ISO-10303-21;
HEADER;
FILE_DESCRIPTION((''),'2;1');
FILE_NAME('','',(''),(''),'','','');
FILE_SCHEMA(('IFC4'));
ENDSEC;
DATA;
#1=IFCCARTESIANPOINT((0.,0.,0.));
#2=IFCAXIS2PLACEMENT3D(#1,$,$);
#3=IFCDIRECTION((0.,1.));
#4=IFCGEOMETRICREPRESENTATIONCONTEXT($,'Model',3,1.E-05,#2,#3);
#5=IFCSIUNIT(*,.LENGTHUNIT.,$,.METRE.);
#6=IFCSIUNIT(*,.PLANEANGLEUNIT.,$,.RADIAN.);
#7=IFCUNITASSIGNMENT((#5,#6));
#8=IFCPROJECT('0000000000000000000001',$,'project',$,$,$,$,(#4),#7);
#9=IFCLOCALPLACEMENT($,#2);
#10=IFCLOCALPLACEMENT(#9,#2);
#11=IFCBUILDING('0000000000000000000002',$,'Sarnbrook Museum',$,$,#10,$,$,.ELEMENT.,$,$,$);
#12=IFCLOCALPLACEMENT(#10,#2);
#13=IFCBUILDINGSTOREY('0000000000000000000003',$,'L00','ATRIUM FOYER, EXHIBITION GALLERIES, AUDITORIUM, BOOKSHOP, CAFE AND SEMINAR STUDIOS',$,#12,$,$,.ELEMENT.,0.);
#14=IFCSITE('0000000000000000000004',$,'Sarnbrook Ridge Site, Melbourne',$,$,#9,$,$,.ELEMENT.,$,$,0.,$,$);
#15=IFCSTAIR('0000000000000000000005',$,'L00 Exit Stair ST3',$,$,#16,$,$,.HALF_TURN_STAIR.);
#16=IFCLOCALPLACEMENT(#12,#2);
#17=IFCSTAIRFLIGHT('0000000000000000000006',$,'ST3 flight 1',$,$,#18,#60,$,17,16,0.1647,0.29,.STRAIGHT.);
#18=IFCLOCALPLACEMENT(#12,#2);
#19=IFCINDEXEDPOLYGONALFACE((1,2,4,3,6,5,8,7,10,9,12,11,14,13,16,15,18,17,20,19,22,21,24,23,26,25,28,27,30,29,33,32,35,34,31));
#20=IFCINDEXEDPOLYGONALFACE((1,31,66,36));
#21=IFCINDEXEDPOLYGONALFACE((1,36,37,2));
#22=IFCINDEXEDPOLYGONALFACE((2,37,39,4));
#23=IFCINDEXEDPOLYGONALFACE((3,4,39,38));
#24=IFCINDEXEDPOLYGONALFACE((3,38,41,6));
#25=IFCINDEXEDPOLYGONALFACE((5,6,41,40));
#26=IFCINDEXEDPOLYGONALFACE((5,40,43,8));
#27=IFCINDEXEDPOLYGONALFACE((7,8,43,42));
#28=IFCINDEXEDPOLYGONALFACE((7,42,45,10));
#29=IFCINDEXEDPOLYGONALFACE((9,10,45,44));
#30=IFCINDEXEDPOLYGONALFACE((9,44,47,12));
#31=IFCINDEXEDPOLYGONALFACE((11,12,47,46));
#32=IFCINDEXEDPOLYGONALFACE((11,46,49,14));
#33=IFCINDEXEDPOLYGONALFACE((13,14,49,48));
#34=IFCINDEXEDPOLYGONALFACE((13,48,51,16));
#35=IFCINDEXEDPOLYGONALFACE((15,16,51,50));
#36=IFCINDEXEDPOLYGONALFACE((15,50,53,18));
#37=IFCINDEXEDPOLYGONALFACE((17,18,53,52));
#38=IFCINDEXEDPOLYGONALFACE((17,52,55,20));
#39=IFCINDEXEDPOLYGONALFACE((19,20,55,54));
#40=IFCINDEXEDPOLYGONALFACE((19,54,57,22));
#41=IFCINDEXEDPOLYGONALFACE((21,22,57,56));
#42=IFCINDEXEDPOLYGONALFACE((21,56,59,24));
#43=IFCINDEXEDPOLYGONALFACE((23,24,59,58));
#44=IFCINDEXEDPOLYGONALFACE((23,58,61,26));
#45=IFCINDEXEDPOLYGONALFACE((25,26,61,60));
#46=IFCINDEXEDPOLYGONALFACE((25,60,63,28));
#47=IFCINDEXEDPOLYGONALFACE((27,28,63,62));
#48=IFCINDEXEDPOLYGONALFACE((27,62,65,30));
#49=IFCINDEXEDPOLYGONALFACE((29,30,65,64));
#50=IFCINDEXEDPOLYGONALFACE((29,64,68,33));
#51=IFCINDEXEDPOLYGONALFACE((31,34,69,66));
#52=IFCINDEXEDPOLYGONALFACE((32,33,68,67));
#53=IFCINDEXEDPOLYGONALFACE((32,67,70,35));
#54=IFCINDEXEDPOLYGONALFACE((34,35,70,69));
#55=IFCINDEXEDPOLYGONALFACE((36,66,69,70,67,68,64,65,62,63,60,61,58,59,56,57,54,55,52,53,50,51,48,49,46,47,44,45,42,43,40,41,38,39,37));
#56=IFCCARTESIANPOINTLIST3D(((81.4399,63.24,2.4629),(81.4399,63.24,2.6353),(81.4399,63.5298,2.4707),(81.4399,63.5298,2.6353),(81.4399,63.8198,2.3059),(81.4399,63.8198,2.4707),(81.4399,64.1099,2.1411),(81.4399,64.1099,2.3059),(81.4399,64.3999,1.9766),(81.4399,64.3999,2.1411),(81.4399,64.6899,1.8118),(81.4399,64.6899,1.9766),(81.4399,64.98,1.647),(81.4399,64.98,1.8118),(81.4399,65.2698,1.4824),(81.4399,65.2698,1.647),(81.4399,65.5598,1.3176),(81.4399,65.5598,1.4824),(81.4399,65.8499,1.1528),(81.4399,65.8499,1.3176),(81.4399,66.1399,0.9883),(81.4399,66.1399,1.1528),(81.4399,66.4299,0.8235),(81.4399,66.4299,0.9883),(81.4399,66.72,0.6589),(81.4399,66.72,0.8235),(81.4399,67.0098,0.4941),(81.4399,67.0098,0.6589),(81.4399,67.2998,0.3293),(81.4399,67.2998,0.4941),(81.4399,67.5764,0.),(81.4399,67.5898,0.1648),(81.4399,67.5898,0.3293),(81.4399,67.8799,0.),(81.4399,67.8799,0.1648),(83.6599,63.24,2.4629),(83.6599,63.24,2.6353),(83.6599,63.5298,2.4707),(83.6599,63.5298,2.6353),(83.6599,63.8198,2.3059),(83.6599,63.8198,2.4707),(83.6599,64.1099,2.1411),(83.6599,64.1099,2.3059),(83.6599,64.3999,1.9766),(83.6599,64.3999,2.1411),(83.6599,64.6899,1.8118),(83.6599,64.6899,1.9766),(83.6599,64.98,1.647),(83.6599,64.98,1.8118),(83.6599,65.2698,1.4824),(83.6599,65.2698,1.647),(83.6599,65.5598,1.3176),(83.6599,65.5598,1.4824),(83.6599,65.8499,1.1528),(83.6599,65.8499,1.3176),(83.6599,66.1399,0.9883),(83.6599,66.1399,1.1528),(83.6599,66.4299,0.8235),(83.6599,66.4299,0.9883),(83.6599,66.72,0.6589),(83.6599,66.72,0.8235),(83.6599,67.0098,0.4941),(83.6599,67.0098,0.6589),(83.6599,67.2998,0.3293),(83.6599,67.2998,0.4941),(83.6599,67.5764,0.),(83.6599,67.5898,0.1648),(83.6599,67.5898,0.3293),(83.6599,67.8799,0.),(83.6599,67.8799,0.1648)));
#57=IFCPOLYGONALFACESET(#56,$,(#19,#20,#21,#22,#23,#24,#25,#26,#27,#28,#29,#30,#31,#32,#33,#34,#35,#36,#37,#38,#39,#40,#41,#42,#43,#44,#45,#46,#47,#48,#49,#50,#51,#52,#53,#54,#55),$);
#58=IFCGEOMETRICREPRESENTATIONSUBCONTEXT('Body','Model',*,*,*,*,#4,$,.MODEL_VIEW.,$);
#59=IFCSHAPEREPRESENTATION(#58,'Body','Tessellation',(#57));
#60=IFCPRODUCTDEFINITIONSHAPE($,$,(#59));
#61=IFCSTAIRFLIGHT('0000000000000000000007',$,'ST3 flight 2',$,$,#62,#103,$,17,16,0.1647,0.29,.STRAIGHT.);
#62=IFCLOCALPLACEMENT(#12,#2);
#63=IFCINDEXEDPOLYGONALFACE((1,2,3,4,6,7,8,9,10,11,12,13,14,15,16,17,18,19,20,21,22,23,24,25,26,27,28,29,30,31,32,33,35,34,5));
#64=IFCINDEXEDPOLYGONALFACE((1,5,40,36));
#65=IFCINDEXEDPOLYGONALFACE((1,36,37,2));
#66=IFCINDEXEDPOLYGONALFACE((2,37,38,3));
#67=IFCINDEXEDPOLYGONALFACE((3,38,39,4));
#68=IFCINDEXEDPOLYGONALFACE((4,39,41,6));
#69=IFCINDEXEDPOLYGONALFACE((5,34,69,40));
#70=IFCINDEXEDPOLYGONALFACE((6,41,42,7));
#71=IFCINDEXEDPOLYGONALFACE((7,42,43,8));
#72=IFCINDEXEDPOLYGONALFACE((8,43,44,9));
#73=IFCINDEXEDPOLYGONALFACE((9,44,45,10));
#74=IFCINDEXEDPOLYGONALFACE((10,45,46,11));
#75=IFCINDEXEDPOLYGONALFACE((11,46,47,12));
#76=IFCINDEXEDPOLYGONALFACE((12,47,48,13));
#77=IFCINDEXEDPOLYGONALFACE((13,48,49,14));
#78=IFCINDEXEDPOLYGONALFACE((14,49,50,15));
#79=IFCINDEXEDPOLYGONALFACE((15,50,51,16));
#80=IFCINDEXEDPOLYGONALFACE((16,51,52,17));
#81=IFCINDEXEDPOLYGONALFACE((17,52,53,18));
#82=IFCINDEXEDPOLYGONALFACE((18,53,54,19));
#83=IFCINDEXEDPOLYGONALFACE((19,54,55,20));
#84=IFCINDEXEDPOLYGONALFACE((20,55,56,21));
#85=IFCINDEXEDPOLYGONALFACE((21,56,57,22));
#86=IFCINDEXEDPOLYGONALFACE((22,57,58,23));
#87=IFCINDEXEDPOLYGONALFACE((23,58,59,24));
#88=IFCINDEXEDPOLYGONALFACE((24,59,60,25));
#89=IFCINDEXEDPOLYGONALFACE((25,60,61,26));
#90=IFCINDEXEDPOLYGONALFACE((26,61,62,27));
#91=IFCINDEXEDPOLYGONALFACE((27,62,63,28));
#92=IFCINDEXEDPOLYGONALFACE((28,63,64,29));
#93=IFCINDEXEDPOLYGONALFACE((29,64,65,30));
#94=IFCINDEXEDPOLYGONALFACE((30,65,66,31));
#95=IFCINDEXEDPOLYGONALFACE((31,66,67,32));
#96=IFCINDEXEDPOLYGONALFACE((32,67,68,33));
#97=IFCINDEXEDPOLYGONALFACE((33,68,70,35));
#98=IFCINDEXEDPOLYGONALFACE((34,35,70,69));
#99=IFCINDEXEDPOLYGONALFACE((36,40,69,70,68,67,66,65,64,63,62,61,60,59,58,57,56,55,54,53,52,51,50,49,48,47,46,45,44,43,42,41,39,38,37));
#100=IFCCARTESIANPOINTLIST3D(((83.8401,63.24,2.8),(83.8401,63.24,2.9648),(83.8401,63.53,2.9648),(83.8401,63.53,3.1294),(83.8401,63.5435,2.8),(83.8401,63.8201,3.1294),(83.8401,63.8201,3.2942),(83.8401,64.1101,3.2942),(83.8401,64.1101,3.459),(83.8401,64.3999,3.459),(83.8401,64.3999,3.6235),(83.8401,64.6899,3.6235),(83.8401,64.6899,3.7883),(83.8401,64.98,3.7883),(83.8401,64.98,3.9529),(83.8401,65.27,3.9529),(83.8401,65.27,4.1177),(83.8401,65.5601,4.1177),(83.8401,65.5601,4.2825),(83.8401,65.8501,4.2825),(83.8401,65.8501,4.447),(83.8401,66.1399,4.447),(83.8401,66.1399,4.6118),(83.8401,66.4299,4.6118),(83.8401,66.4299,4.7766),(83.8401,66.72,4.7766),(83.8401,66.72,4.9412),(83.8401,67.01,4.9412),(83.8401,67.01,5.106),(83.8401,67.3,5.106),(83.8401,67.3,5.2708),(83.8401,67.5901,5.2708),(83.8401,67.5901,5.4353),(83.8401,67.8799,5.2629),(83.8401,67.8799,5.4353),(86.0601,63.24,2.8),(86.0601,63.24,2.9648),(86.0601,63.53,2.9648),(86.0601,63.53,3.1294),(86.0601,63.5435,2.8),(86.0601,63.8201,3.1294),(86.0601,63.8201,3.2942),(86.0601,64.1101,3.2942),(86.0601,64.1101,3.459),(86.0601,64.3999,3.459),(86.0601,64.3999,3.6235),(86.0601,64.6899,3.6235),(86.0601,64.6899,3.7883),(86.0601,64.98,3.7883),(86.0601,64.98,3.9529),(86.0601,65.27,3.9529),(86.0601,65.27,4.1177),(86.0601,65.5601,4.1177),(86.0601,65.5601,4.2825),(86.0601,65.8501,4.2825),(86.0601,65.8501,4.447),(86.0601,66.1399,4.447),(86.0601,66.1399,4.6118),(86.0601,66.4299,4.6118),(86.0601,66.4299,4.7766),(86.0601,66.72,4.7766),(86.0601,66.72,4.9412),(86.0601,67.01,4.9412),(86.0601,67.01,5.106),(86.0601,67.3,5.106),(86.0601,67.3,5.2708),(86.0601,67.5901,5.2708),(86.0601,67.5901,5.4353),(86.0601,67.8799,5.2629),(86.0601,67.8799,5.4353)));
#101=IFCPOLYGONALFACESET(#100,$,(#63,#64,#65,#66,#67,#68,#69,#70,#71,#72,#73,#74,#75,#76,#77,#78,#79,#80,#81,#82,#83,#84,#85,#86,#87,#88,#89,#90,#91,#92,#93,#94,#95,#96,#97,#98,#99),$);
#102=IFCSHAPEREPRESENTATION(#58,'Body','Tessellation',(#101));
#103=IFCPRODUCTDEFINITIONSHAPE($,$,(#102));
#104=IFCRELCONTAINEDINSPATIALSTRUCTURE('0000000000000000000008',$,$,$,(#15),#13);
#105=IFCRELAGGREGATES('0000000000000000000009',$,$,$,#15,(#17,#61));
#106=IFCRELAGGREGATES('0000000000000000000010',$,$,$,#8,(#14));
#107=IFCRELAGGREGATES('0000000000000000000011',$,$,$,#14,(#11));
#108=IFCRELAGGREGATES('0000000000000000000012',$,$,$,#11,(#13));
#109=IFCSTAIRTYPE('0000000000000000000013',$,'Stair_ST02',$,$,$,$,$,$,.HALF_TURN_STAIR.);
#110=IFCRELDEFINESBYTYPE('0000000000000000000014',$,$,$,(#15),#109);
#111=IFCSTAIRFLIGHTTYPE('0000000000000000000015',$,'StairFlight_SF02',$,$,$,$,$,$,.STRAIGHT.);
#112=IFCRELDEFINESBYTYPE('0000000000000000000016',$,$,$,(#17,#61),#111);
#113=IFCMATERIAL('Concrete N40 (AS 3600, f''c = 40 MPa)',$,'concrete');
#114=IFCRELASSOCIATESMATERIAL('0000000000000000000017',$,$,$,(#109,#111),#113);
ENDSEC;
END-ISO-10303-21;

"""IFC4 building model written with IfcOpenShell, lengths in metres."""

from ifc_helpers import new_model, si_unit, direction, frame, origin, place, context, subcontext, project, spatial, polyline, outline, extrude, material, type_object, element, aggregate, save


model = new_model("IFC4")

# Units and contexts
model_context = context("Model", 3, precision=1e-05, world=origin(), true_north=direction((0.0, 1.0)))
body_context = subcontext(model_context, "Body", "Model", "MODEL_VIEW")
ifc_project = project(units=[si_unit("LENGTHUNIT", "METRE"), si_unit("PLANEANGLEUNIT", "RADIAN")], contexts=[model_context])

# Site, building, storey
site_placement = place(None, origin())
site = spatial("IfcSite", under=ifc_project, at=site_placement, Name="Sarnbrook Ridge Site, Melbourne", CompositionType="ELEMENT", RefElevation=0.0)
building_placement = place(site_placement, origin())
building = spatial("IfcBuilding", under=site, at=building_placement, Name="Sarnbrook Museum", CompositionType="ELEMENT")
storey_placement = place(building_placement, origin())
storey = spatial("IfcBuildingStorey", under=building, at=storey_placement, Name="L00", Description="ATRIUM FOYER, EXHIBITION GALLERIES, AUDITORIUM, BOOKSHOP, CAFE AND SEMINAR STUDIOS", CompositionType="ELEMENT", Elevation=0.0)

# Shared definitions
ifc_material_1 = material(Name="Concrete N40 (AS 3600, f'c = 40 MPa)", Category="concrete")

# Stair, stair flights
stair_type = type_object("IfcStairType", Name="Stair_ST02", PredefinedType="HALF_TURN_STAIR", material=ifc_material_1)
stair_placement = place(storey_placement, origin())
stair = element("IfcStair", 1, at=stair_placement, inside=storey, type_object=stair_type, Name="L00 Exit Stair ST3", PredefinedType="HALF_TURN_STAIR")
stair_flight_type = type_object("IfcStairFlightType", Name="StairFlight_SF02", PredefinedType="STRAIGHT", material=ifc_material_1)
stair_flight_1_placement = place(storey_placement, frame((82.55, 67.8799, 0.0), z_axis=(0.0, 0.0, 1.0), x_axis=(0.0, -1.0, 0.0)))
stair_flight_1 = element("IfcStairFlight", 2, at=stair_flight_1_placement, type_object=stair_flight_type, Name="ST3 flight 1", NumberOfRisers=17, NumberOfTreads=16, PredefinedType="STRAIGHT", RiserHeight=0.1647, TreadLength=0.29, context=body_context, shape_type="SweptSolid", body=[
    extrude(outline(polyline([(0.0, 0.0), (0.0, 0.1648), (0.29, 0.1648), (0.29, 0.3293), (0.5801, 0.3293), (0.5801, 0.4941), (0.8701, 0.4941), (0.8701, 0.6589), (1.1599, 0.6589), (1.1599, 0.8235), (1.45, 0.8235), (1.45, 0.9883), (1.74, 0.9883), (1.74, 1.1528), (2.03, 1.1528), (2.03, 1.3176), (2.3201, 1.3176), (2.3201, 1.4824), (2.6101, 1.4824), (2.6101, 1.647), (2.8999, 1.647), (2.8999, 1.8118), (3.1899, 1.8118), (3.1899, 1.9766), (3.48, 1.9766), (3.48, 2.1411), (3.77, 2.1411), (3.77, 2.3059), (4.0601, 2.3059), (4.0601, 2.4707), (4.3501, 2.4707), (4.3501, 2.6353), (4.6399, 2.6353), (4.6399, 2.8), (4.6399, 2.4629), (0.3035, 0.0), (0.0, 0.0)])), frame((0.0, 1.1099, 0.0), z_axis=(0.0, -1.0, 0.0), x_axis=(1.0, 0.0, 0.0)), (0.0, 0.0, 1.0), 2.22),
])
stair_flight_2_placement = place(storey_placement, frame((84.95, 63.24, 2.8), z_axis=(0.0, 0.0, 1.0), x_axis=(0.0, 1.0, 0.0)))
stair_flight_2 = element("IfcStairFlight", 3, at=stair_flight_2_placement, type_object=stair_flight_type, Name="ST3 flight 2", NumberOfRisers=17, NumberOfTreads=16, PredefinedType="STRAIGHT", RiserHeight=0.1647, TreadLength=0.29, context=body_context, shape_type="SweptSolid", body=[
    extrude(outline(polyline([(0.0, 0.0), (0.0, 0.1648), (0.29, 0.1648), (0.29, 0.3293), (0.5801, 0.3293), (0.5801, 0.4941), (0.8701, 0.4941), (0.8701, 0.6589), (1.1599, 0.6589), (1.1599, 0.8235), (1.45, 0.8235), (1.45, 0.9883), (1.74, 0.9883), (1.74, 1.1528), (2.03, 1.1528), (2.03, 1.3176), (2.3201, 1.3176), (2.3201, 1.4824), (2.6101, 1.4824), (2.6101, 1.647), (2.8999, 1.647), (2.8999, 1.8118), (3.1899, 1.8118), (3.1899, 1.9766), (3.48, 1.9766), (3.48, 2.1411), (3.77, 2.1411), (3.77, 2.3059), (4.0601, 2.3059), (4.0601, 2.4707), (4.3501, 2.4707), (4.3501, 2.6353), (4.6399, 2.6353), (4.6399, 2.8), (4.6399, 2.4629), (0.3035, 0.0), (0.0, 0.0)])), frame((0.0, 1.1099, 0.0), z_axis=(0.0, -1.0, 0.0), x_axis=(1.0, 0.0, 0.0)), (0.0, 0.0, 1.0), 2.22),
])
aggregate(stair, [stair_flight_1, stair_flight_2])

save(model, "model.ifc")
